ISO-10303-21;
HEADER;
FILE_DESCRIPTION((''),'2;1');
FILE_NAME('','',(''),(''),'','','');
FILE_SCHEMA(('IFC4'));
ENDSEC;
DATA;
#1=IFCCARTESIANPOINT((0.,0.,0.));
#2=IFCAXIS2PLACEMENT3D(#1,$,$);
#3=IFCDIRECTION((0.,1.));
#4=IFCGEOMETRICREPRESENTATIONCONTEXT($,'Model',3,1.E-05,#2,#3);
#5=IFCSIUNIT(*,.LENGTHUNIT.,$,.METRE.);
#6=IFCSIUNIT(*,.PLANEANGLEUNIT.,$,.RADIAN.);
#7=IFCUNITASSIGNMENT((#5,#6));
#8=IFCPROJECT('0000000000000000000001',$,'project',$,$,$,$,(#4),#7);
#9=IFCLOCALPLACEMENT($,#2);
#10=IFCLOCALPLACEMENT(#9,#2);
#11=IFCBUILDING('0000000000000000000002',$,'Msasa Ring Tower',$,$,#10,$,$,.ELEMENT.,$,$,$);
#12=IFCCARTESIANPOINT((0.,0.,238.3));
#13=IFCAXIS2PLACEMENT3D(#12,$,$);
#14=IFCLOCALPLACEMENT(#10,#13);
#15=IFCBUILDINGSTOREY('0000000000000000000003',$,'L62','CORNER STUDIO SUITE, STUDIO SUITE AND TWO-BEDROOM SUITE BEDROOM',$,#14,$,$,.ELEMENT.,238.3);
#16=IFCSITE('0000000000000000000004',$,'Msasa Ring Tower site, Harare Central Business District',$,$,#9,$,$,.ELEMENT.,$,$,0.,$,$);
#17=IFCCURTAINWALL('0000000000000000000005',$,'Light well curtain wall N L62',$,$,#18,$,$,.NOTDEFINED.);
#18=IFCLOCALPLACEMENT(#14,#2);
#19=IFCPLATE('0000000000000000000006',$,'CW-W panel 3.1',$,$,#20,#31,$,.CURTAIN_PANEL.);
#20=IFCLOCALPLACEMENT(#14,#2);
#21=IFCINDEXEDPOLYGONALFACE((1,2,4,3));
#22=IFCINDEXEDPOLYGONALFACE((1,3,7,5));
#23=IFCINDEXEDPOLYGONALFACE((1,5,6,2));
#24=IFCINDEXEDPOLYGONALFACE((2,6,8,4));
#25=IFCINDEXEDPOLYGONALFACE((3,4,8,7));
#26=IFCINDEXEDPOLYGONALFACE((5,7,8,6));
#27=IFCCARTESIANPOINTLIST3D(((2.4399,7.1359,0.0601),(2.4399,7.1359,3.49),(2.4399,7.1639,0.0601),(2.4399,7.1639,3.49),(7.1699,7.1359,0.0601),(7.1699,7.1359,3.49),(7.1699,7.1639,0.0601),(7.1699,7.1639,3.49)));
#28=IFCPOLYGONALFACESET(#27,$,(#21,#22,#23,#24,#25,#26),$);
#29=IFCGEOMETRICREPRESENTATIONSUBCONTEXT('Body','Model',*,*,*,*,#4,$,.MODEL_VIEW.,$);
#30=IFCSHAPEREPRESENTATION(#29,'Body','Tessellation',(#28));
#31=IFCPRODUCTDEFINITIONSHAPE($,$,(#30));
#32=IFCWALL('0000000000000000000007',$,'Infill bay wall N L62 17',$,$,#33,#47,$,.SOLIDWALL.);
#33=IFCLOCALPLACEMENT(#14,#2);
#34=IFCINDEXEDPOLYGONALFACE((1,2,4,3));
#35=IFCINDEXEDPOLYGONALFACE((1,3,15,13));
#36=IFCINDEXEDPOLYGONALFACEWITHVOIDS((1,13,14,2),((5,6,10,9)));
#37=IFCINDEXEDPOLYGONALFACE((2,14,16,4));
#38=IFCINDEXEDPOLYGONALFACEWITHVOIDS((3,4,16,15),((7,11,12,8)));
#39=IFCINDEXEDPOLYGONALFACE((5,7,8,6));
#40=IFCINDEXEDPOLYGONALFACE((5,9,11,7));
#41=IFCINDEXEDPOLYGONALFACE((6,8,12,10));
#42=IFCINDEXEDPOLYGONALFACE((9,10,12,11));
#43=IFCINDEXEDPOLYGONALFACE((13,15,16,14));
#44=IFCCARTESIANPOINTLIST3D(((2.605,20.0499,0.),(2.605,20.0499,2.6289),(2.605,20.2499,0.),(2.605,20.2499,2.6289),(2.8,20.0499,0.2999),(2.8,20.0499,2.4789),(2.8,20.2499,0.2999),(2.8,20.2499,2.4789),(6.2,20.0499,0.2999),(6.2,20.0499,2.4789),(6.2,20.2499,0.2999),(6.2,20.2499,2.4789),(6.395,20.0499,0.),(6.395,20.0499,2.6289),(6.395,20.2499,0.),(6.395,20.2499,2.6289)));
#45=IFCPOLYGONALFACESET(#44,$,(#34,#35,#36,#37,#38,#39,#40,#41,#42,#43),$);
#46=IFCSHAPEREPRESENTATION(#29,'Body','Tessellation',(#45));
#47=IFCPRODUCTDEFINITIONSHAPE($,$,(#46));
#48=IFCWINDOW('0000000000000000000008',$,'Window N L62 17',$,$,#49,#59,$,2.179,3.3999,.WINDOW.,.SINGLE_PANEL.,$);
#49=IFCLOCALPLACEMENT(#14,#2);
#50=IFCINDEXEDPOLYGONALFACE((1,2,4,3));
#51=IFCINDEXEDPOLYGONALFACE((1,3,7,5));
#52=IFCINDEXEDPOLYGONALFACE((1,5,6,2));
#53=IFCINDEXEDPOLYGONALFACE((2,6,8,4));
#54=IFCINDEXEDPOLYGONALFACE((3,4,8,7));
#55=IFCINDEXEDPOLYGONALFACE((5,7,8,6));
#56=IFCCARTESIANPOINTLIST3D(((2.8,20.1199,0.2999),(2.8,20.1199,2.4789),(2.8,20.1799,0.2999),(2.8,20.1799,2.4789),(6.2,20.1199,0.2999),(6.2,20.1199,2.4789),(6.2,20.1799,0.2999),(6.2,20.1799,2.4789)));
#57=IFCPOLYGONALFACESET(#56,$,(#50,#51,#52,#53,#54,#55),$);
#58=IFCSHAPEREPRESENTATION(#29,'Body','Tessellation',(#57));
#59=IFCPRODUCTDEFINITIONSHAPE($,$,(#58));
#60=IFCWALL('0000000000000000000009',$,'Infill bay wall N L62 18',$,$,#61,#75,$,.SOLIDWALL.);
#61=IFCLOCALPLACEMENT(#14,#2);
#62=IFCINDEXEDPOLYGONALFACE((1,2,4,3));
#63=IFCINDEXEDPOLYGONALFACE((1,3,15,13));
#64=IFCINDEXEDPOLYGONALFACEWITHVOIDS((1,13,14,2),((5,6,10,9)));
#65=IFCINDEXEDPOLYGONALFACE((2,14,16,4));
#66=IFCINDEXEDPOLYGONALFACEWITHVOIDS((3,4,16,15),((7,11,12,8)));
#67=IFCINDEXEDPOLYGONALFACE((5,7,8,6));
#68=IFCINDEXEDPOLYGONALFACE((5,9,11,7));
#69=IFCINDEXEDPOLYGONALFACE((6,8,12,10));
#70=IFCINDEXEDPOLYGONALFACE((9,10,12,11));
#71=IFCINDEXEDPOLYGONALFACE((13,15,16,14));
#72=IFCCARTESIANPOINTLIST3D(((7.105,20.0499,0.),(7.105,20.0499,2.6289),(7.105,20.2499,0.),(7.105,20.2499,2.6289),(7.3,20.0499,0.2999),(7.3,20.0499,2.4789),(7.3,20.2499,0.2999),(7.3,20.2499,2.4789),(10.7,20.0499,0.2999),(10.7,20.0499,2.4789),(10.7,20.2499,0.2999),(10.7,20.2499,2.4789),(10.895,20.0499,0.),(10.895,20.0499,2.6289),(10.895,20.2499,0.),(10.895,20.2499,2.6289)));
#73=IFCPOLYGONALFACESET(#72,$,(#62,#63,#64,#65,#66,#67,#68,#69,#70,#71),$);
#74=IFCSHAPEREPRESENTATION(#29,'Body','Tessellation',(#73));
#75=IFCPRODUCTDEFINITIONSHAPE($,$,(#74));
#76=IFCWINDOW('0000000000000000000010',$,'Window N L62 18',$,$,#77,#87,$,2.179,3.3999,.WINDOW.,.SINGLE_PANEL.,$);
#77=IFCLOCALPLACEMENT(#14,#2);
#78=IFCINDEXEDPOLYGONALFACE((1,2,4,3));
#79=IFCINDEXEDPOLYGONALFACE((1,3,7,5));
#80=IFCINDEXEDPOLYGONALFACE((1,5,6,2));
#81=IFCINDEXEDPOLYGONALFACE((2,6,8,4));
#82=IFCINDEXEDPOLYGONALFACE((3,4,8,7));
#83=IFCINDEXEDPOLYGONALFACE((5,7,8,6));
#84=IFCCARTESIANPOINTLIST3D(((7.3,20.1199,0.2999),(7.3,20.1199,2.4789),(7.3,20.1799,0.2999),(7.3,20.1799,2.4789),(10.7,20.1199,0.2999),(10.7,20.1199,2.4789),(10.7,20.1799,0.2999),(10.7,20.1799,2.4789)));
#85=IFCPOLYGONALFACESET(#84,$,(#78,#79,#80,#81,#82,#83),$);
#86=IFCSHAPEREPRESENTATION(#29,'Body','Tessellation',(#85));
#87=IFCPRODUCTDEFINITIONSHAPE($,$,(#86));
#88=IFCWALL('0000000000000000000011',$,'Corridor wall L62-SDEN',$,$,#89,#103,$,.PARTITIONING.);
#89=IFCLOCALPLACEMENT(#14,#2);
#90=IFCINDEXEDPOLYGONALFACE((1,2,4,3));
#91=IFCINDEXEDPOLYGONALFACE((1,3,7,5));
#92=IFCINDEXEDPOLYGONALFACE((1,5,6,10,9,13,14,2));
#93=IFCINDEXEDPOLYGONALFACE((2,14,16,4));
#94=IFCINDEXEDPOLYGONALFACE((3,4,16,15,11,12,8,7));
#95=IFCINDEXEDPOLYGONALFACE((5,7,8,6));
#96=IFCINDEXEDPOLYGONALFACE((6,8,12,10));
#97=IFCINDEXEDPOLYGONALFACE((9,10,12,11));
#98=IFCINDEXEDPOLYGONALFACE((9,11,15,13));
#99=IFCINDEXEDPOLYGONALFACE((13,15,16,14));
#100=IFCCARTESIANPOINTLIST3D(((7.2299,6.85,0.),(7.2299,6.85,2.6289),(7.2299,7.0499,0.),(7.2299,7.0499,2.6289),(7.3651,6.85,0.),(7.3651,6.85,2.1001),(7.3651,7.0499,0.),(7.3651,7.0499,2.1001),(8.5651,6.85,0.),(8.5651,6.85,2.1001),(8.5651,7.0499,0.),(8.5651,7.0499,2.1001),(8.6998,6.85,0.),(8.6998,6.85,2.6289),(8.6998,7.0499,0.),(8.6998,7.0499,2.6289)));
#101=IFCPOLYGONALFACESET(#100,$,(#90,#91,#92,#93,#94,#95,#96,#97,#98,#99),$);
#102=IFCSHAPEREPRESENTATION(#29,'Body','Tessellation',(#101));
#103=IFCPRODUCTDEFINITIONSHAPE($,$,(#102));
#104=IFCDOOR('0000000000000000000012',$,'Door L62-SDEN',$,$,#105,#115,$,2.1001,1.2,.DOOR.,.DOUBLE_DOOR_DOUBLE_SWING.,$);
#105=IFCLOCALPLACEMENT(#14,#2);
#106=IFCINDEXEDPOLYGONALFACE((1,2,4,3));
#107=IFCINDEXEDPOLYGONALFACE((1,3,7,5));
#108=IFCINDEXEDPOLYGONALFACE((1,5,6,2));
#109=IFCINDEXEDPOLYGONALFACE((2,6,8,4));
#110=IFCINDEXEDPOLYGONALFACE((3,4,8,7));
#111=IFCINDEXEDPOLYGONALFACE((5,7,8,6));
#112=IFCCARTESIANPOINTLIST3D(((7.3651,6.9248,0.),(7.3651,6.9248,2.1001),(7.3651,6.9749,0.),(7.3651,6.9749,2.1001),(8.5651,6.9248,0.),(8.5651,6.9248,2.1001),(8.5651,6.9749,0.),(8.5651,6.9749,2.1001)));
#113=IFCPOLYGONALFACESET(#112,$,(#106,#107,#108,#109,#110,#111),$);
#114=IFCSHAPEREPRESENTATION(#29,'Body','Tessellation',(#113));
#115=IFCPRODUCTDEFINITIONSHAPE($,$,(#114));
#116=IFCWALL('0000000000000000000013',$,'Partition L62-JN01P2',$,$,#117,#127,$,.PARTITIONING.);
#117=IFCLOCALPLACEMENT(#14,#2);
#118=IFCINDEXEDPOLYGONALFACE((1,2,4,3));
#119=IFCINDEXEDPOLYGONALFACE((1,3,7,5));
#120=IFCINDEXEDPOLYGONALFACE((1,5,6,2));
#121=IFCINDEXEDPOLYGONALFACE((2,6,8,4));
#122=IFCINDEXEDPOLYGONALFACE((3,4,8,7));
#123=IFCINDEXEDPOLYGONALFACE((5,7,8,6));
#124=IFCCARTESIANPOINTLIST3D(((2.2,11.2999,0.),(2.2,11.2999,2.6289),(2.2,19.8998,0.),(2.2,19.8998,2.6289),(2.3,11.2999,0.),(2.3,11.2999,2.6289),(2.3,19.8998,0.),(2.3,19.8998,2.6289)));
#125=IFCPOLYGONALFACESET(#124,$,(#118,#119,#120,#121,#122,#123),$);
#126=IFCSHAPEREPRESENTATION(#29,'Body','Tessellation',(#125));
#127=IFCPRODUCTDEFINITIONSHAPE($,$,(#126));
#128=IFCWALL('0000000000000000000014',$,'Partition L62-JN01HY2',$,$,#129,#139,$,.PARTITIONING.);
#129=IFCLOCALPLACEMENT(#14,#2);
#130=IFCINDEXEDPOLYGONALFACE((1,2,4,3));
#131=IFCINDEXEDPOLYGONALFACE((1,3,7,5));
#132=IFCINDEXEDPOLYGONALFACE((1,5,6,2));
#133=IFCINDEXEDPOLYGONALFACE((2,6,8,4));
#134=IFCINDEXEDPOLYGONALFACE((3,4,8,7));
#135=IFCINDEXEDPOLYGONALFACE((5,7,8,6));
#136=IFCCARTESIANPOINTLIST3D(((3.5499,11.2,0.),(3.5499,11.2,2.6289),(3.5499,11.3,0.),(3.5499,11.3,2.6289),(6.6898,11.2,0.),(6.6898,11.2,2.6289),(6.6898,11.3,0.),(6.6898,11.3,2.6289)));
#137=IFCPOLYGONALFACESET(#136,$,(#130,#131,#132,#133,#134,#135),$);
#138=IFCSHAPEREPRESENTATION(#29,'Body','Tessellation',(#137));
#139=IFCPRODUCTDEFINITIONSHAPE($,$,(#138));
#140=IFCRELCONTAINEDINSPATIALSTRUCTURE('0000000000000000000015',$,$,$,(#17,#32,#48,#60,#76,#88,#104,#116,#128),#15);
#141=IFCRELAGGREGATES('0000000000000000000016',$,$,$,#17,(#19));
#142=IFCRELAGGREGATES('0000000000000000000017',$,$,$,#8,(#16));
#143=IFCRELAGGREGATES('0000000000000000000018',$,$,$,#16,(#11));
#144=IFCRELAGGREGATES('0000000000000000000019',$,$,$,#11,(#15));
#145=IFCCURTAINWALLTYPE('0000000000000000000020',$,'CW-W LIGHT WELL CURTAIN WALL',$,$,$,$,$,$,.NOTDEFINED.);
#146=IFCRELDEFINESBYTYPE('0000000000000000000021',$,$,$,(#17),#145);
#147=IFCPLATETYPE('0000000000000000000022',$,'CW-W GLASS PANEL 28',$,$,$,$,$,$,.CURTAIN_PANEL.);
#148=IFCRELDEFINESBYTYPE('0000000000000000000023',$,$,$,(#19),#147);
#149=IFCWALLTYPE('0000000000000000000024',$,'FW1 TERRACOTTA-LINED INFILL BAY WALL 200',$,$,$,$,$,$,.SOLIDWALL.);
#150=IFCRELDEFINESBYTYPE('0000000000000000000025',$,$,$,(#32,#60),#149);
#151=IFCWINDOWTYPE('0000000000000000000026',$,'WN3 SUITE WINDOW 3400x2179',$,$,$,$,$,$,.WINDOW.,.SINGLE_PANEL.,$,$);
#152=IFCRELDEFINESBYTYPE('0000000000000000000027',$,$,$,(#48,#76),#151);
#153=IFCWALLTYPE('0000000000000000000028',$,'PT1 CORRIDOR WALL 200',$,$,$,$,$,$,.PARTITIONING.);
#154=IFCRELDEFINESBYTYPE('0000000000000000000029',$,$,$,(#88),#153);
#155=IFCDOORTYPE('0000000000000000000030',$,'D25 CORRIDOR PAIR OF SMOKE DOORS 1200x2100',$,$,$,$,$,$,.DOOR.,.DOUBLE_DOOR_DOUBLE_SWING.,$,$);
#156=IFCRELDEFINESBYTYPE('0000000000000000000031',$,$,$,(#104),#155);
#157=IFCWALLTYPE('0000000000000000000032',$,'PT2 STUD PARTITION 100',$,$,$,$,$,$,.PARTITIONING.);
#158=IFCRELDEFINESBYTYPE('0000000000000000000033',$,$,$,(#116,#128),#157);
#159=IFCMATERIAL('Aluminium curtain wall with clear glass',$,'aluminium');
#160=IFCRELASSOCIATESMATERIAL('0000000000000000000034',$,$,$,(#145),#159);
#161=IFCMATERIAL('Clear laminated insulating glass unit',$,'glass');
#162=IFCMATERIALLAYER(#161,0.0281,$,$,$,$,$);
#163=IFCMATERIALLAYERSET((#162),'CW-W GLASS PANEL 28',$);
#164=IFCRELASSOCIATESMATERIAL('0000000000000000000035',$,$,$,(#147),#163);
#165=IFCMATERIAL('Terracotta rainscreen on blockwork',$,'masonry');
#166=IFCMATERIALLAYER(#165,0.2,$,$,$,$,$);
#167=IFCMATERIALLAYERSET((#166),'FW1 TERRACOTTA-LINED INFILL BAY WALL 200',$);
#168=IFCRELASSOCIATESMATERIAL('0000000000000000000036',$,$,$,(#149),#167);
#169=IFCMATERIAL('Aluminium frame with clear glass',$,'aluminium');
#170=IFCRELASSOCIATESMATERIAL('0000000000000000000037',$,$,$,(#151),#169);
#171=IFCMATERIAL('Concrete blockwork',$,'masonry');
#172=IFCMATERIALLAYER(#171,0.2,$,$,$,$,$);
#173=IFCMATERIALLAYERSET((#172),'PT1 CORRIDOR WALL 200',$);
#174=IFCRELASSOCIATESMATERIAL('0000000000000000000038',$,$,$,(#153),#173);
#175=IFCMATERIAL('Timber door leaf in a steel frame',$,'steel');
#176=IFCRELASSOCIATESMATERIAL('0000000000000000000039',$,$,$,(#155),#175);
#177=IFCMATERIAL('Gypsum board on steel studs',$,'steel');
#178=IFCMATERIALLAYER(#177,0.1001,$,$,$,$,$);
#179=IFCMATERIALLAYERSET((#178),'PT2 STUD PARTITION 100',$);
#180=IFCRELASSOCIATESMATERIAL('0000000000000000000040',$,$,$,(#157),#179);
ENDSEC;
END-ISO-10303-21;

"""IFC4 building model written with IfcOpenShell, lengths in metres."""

from ifc_helpers import new_model, si_unit, direction, frame, frame_2d, origin, origin_2d, place, context, subcontext, project, spatial, rectangle, extrude, material, layer, layer_set, type_object, element, fill, aggregate, save


model = new_model("IFC4")

# Units and contexts
model_context = context("Model", 3, precision=1e-05, world=origin(), true_north=direction((0.0, 1.0)))
body_context = subcontext(model_context, "Body", "Model", "MODEL_VIEW")
ifc_project = project(units=[si_unit("LENGTHUNIT", "METRE"), si_unit("PLANEANGLEUNIT", "RADIAN")], contexts=[model_context])

# Site, building, storey
site_placement = place(None, origin())
site = spatial("IfcSite", under=ifc_project, at=site_placement, Name="Msasa Ring Tower site, Harare Central Business District", CompositionType="ELEMENT", RefElevation=0.0)
building_placement = place(site_placement, origin())
building = spatial("IfcBuilding", under=site, at=building_placement, Name="Msasa Ring Tower", CompositionType="ELEMENT")
storey_placement = place(building_placement, frame((0.0, 0.0, 238.3)))
storey = spatial("IfcBuildingStorey", under=building, at=storey_placement, Name="L62", Description="CORNER STUDIO SUITE, STUDIO SUITE AND TWO-BEDROOM SUITE BEDROOM", CompositionType="ELEMENT", Elevation=238.3)

# Curtain wall
ifc_material_1 = material(Name="Aluminium curtain wall with clear glass", Category="aluminium")
curtain_wall_type = type_object("IfcCurtainWallType", Name="CW-W LIGHT WELL CURTAIN WALL", PredefinedType="NOTDEFINED", material=ifc_material_1)
curtain_wall_1_placement = place(storey_placement, origin())
curtain_wall_1 = element("IfcCurtainWall", 1, at=curtain_wall_1_placement, inside=storey, type_object=curtain_wall_type, Name="Light well curtain wall N L62", PredefinedType="NOTDEFINED")

# Plate
ifc_material_2 = material(Name="Clear laminated insulating glass unit", Category="glass")
ifc_layer_1 = layer(ifc_material_2, 0.0281)
ifc_layer_set_1 = layer_set([ifc_layer_1], Name="CW-W GLASS PANEL 28")
plate_type = type_object("IfcPlateType", Name="CW-W GLASS PANEL 28", PredefinedType="CURTAIN_PANEL", material=ifc_layer_set_1)
plate_placement = place(storey_placement, frame((4.8049, 7.1499, 0.0601), z_axis=(0.0, 0.0, 1.0), x_axis=(1.0, 0.0, 0.0)))
plate = element("IfcPlate", 2, at=plate_placement, type_object=plate_type, Name="CW-W panel 3.1", PredefinedType="CURTAIN_PANEL", context=body_context, shape_type="SweptSolid", body=[
    extrude(rectangle(XDim=4.73, YDim=0.0281, at=origin_2d()), origin(), (0.0, 0.0, 1.0), 3.4299),
])
aggregate(curtain_wall_1, [plate])

# Walls, openings, windows
ifc_material_3 = material(Name="Terracotta rainscreen on blockwork", Category="masonry")
ifc_layer_2 = layer(ifc_material_3, 0.2)
ifc_layer_set_2 = layer_set([ifc_layer_2], Name="FW1 TERRACOTTA-LINED INFILL BAY WALL 200")
wall_type_1 = type_object("IfcWallType", Name="FW1 TERRACOTTA-LINED INFILL BAY WALL 200", PredefinedType="SOLIDWALL", material=ifc_layer_set_2)
wall_1_placement = place(storey_placement, frame((2.605, 20.1499, 0.0), z_axis=(0.0, 0.0, 1.0), x_axis=(1.0, 0.0, 0.0)))
wall_1 = element("IfcWall", 3, at=wall_1_placement, inside=storey, type_object=wall_type_1, Name="Infill bay wall N L62 17", PredefinedType="SOLIDWALL", context=body_context, shape_type="SweptSolid", body=[
    extrude(rectangle(XDim=3.79, YDim=0.2, at=frame_2d((1.895, 0.0))), origin(), (0.0, 0.0, 1.0), 2.6289),
])
opening_1_placement = place(wall_1_placement, frame((0.1951, 0.0, 0.3)))
opening_1 = element("IfcOpeningElement", 4, at=opening_1_placement, cuts=wall_1, PredefinedType="OPENING", context=body_context, shape_type="SweptSolid", body=[
    extrude(rectangle(XDim=3.3999, YDim=2.179, at=frame_2d((1.7, 1.0894))), frame((0.0, 0.1099, 0.0), z_axis=(0.0, -1.0, 0.0), x_axis=(1.0, 0.0, 0.0)), (0.0, 0.0, 1.0), 0.22),
])
ifc_material_4 = material(Name="Aluminium frame with clear glass", Category="aluminium")
window_type = type_object("IfcWindowType", Name="WN3 SUITE WINDOW 3400x2179", PartitioningType="SINGLE_PANEL", PredefinedType="WINDOW", material=ifc_material_4)
window_1_placement = place(opening_1_placement, origin())
window_1 = element("IfcWindow", 5, at=window_1_placement, inside=storey, type_object=window_type, Name="Window N L62 17", OverallHeight=2.179, OverallWidth=3.3999, PartitioningType="SINGLE_PANEL", PredefinedType="WINDOW", context=body_context, shape_type="SweptSolid", body=[
    extrude(rectangle(XDim=3.3999, YDim=2.179, at=frame_2d((1.7, 1.0894))), frame((0.0, 0.03, 0.0), z_axis=(0.0, -1.0, 0.0), x_axis=(1.0, 0.0, 0.0)), (0.0, 0.0, 1.0), 0.0601),
])
fill(opening_1, window_1)
wall_2_placement = place(storey_placement, frame((7.105, 20.1499, 0.0), z_axis=(0.0, 0.0, 1.0), x_axis=(1.0, 0.0, 0.0)))
wall_2 = element("IfcWall", 6, at=wall_2_placement, inside=storey, type_object=wall_type_1, Name="Infill bay wall N L62 18", PredefinedType="SOLIDWALL", context=body_context, shape_type="SweptSolid", body=[
    extrude(rectangle(XDim=3.79, YDim=0.2, at=frame_2d((1.895, 0.0))), origin(), (0.0, 0.0, 1.0), 2.6289),
])
opening_2_placement = place(wall_2_placement, frame((0.1951, 0.0, 0.3)))
opening_2 = element("IfcOpeningElement", 7, at=opening_2_placement, cuts=wall_2, PredefinedType="OPENING", context=body_context, shape_type="SweptSolid", body=[
    extrude(rectangle(XDim=3.3999, YDim=2.179, at=frame_2d((1.7, 1.0894))), frame((0.0, 0.1099, 0.0), z_axis=(0.0, -1.0, 0.0), x_axis=(1.0, 0.0, 0.0)), (0.0, 0.0, 1.0), 0.22),
])
window_2_placement = place(opening_2_placement, origin())
window_2 = element("IfcWindow", 8, at=window_2_placement, inside=storey, type_object=window_type, Name="Window N L62 18", OverallHeight=2.179, OverallWidth=3.3999, PartitioningType="SINGLE_PANEL", PredefinedType="WINDOW", context=body_context, shape_type="SweptSolid", body=[
    extrude(rectangle(XDim=3.3999, YDim=2.179, at=frame_2d((1.7, 1.0894))), frame((0.0, 0.03, 0.0), z_axis=(0.0, -1.0, 0.0), x_axis=(1.0, 0.0, 0.0)), (0.0, 0.0, 1.0), 0.0601),
])
fill(opening_2, window_2)

# Wall, opening, door
ifc_material_5 = material(Name="Concrete blockwork", Category="masonry")
ifc_layer_3 = layer(ifc_material_5, 0.2)
ifc_layer_set_3 = layer_set([ifc_layer_3], Name="PT1 CORRIDOR WALL 200")
wall_type_2 = type_object("IfcWallType", Name="PT1 CORRIDOR WALL 200", PredefinedType="PARTITIONING", material=ifc_layer_set_3)
wall_3_placement = place(storey_placement, frame((7.23, 6.95, 0.0), z_axis=(0.0, 0.0, 1.0), x_axis=(1.0, 0.0, 0.0)))
wall_3 = element("IfcWall", 9, at=wall_3_placement, inside=storey, type_object=wall_type_2, Name="Corridor wall L62-SDEN", PredefinedType="PARTITIONING", context=body_context, shape_type="SweptSolid", body=[
    extrude(rectangle(XDim=1.47, YDim=0.2, at=frame_2d((0.7349, 0.0))), origin(), (0.0, 0.0, 1.0), 2.6289),
])
opening_3_placement = place(wall_3_placement, frame((0.135, 0.0, 0.0)))
opening_3 = element("IfcOpeningElement", 10, at=opening_3_placement, cuts=wall_3, PredefinedType="OPENING", context=body_context, shape_type="SweptSolid", body=[
    extrude(rectangle(XDim=1.2, YDim=2.1001, at=frame_2d((0.6001, 1.05))), frame((0.0, 0.1099, 0.0), z_axis=(0.0, -1.0, 0.0), x_axis=(1.0, 0.0, 0.0)), (0.0, 0.0, 1.0), 0.22),
])
ifc_material_6 = material(Name="Timber door leaf in a steel frame", Category="steel")
door_type_1 = type_object("IfcDoorType", Name="D25 CORRIDOR PAIR OF SMOKE DOORS 1200x2100", OperationType="DOUBLE_DOOR_DOUBLE_SWING", PredefinedType="DOOR", material=ifc_material_6)
door_1_placement = place(opening_3_placement, origin())
door_1 = element("IfcDoor", 11, at=door_1_placement, inside=storey, type_object=door_type_1, Name="Door L62-SDEN", OperationType="DOUBLE_DOOR_DOUBLE_SWING", OverallHeight=2.1001, OverallWidth=1.2, PredefinedType="DOOR", context=body_context, shape_type="SweptSolid", body=[
    extrude(rectangle(XDim=1.2, YDim=2.1001, at=frame_2d((0.6001, 1.05))), frame((0.0, 0.0249, 0.0), z_axis=(0.0, -1.0, 0.0), x_axis=(1.0, 0.0, 0.0)), (0.0, 0.0, 1.0), 0.05),
])
fill(opening_3, door_1)

# Walls
ifc_material_7 = material(Name="Gypsum board on steel studs", Category="steel")
ifc_layer_4 = layer(ifc_material_7, 0.1001)
ifc_layer_set_4 = layer_set([ifc_layer_4], Name="PT2 STUD PARTITION 100")
wall_type_3 = type_object("IfcWallType", Name="PT2 STUD PARTITION 100", PredefinedType="PARTITIONING", material=ifc_layer_set_4)
wall_4_placement = place(storey_placement, frame((2.25, 11.3, 0.0), z_axis=(0.0, 0.0, 1.0), x_axis=(0.0, 1.0, 0.0)))
element("IfcWall", 12, at=wall_4_placement, inside=storey, type_object=wall_type_3, Name="Partition L62-JN01P2", PredefinedType="PARTITIONING", context=body_context, shape_type="SweptSolid", body=[
    extrude(rectangle(XDim=8.5999, YDim=0.1001, at=frame_2d((4.2998, 0.0))), origin(), (0.0, 0.0, 1.0), 2.6289),
])
wall_5_placement = place(storey_placement, frame((3.55, 11.25, 0.0), z_axis=(0.0, 0.0, 1.0), x_axis=(1.0, 0.0, 0.0)))
element("IfcWall", 13, at=wall_5_placement, inside=storey, type_object=wall_type_3, Name="Partition L62-JN01HY2", PredefinedType="PARTITIONING", context=body_context, shape_type="SweptSolid", body=[
    extrude(rectangle(XDim=3.1399, YDim=0.1001, at=frame_2d((1.5698, 0.0))), origin(), (0.0, 0.0, 1.0), 2.6289),
])

save(model, "model.ifc")
